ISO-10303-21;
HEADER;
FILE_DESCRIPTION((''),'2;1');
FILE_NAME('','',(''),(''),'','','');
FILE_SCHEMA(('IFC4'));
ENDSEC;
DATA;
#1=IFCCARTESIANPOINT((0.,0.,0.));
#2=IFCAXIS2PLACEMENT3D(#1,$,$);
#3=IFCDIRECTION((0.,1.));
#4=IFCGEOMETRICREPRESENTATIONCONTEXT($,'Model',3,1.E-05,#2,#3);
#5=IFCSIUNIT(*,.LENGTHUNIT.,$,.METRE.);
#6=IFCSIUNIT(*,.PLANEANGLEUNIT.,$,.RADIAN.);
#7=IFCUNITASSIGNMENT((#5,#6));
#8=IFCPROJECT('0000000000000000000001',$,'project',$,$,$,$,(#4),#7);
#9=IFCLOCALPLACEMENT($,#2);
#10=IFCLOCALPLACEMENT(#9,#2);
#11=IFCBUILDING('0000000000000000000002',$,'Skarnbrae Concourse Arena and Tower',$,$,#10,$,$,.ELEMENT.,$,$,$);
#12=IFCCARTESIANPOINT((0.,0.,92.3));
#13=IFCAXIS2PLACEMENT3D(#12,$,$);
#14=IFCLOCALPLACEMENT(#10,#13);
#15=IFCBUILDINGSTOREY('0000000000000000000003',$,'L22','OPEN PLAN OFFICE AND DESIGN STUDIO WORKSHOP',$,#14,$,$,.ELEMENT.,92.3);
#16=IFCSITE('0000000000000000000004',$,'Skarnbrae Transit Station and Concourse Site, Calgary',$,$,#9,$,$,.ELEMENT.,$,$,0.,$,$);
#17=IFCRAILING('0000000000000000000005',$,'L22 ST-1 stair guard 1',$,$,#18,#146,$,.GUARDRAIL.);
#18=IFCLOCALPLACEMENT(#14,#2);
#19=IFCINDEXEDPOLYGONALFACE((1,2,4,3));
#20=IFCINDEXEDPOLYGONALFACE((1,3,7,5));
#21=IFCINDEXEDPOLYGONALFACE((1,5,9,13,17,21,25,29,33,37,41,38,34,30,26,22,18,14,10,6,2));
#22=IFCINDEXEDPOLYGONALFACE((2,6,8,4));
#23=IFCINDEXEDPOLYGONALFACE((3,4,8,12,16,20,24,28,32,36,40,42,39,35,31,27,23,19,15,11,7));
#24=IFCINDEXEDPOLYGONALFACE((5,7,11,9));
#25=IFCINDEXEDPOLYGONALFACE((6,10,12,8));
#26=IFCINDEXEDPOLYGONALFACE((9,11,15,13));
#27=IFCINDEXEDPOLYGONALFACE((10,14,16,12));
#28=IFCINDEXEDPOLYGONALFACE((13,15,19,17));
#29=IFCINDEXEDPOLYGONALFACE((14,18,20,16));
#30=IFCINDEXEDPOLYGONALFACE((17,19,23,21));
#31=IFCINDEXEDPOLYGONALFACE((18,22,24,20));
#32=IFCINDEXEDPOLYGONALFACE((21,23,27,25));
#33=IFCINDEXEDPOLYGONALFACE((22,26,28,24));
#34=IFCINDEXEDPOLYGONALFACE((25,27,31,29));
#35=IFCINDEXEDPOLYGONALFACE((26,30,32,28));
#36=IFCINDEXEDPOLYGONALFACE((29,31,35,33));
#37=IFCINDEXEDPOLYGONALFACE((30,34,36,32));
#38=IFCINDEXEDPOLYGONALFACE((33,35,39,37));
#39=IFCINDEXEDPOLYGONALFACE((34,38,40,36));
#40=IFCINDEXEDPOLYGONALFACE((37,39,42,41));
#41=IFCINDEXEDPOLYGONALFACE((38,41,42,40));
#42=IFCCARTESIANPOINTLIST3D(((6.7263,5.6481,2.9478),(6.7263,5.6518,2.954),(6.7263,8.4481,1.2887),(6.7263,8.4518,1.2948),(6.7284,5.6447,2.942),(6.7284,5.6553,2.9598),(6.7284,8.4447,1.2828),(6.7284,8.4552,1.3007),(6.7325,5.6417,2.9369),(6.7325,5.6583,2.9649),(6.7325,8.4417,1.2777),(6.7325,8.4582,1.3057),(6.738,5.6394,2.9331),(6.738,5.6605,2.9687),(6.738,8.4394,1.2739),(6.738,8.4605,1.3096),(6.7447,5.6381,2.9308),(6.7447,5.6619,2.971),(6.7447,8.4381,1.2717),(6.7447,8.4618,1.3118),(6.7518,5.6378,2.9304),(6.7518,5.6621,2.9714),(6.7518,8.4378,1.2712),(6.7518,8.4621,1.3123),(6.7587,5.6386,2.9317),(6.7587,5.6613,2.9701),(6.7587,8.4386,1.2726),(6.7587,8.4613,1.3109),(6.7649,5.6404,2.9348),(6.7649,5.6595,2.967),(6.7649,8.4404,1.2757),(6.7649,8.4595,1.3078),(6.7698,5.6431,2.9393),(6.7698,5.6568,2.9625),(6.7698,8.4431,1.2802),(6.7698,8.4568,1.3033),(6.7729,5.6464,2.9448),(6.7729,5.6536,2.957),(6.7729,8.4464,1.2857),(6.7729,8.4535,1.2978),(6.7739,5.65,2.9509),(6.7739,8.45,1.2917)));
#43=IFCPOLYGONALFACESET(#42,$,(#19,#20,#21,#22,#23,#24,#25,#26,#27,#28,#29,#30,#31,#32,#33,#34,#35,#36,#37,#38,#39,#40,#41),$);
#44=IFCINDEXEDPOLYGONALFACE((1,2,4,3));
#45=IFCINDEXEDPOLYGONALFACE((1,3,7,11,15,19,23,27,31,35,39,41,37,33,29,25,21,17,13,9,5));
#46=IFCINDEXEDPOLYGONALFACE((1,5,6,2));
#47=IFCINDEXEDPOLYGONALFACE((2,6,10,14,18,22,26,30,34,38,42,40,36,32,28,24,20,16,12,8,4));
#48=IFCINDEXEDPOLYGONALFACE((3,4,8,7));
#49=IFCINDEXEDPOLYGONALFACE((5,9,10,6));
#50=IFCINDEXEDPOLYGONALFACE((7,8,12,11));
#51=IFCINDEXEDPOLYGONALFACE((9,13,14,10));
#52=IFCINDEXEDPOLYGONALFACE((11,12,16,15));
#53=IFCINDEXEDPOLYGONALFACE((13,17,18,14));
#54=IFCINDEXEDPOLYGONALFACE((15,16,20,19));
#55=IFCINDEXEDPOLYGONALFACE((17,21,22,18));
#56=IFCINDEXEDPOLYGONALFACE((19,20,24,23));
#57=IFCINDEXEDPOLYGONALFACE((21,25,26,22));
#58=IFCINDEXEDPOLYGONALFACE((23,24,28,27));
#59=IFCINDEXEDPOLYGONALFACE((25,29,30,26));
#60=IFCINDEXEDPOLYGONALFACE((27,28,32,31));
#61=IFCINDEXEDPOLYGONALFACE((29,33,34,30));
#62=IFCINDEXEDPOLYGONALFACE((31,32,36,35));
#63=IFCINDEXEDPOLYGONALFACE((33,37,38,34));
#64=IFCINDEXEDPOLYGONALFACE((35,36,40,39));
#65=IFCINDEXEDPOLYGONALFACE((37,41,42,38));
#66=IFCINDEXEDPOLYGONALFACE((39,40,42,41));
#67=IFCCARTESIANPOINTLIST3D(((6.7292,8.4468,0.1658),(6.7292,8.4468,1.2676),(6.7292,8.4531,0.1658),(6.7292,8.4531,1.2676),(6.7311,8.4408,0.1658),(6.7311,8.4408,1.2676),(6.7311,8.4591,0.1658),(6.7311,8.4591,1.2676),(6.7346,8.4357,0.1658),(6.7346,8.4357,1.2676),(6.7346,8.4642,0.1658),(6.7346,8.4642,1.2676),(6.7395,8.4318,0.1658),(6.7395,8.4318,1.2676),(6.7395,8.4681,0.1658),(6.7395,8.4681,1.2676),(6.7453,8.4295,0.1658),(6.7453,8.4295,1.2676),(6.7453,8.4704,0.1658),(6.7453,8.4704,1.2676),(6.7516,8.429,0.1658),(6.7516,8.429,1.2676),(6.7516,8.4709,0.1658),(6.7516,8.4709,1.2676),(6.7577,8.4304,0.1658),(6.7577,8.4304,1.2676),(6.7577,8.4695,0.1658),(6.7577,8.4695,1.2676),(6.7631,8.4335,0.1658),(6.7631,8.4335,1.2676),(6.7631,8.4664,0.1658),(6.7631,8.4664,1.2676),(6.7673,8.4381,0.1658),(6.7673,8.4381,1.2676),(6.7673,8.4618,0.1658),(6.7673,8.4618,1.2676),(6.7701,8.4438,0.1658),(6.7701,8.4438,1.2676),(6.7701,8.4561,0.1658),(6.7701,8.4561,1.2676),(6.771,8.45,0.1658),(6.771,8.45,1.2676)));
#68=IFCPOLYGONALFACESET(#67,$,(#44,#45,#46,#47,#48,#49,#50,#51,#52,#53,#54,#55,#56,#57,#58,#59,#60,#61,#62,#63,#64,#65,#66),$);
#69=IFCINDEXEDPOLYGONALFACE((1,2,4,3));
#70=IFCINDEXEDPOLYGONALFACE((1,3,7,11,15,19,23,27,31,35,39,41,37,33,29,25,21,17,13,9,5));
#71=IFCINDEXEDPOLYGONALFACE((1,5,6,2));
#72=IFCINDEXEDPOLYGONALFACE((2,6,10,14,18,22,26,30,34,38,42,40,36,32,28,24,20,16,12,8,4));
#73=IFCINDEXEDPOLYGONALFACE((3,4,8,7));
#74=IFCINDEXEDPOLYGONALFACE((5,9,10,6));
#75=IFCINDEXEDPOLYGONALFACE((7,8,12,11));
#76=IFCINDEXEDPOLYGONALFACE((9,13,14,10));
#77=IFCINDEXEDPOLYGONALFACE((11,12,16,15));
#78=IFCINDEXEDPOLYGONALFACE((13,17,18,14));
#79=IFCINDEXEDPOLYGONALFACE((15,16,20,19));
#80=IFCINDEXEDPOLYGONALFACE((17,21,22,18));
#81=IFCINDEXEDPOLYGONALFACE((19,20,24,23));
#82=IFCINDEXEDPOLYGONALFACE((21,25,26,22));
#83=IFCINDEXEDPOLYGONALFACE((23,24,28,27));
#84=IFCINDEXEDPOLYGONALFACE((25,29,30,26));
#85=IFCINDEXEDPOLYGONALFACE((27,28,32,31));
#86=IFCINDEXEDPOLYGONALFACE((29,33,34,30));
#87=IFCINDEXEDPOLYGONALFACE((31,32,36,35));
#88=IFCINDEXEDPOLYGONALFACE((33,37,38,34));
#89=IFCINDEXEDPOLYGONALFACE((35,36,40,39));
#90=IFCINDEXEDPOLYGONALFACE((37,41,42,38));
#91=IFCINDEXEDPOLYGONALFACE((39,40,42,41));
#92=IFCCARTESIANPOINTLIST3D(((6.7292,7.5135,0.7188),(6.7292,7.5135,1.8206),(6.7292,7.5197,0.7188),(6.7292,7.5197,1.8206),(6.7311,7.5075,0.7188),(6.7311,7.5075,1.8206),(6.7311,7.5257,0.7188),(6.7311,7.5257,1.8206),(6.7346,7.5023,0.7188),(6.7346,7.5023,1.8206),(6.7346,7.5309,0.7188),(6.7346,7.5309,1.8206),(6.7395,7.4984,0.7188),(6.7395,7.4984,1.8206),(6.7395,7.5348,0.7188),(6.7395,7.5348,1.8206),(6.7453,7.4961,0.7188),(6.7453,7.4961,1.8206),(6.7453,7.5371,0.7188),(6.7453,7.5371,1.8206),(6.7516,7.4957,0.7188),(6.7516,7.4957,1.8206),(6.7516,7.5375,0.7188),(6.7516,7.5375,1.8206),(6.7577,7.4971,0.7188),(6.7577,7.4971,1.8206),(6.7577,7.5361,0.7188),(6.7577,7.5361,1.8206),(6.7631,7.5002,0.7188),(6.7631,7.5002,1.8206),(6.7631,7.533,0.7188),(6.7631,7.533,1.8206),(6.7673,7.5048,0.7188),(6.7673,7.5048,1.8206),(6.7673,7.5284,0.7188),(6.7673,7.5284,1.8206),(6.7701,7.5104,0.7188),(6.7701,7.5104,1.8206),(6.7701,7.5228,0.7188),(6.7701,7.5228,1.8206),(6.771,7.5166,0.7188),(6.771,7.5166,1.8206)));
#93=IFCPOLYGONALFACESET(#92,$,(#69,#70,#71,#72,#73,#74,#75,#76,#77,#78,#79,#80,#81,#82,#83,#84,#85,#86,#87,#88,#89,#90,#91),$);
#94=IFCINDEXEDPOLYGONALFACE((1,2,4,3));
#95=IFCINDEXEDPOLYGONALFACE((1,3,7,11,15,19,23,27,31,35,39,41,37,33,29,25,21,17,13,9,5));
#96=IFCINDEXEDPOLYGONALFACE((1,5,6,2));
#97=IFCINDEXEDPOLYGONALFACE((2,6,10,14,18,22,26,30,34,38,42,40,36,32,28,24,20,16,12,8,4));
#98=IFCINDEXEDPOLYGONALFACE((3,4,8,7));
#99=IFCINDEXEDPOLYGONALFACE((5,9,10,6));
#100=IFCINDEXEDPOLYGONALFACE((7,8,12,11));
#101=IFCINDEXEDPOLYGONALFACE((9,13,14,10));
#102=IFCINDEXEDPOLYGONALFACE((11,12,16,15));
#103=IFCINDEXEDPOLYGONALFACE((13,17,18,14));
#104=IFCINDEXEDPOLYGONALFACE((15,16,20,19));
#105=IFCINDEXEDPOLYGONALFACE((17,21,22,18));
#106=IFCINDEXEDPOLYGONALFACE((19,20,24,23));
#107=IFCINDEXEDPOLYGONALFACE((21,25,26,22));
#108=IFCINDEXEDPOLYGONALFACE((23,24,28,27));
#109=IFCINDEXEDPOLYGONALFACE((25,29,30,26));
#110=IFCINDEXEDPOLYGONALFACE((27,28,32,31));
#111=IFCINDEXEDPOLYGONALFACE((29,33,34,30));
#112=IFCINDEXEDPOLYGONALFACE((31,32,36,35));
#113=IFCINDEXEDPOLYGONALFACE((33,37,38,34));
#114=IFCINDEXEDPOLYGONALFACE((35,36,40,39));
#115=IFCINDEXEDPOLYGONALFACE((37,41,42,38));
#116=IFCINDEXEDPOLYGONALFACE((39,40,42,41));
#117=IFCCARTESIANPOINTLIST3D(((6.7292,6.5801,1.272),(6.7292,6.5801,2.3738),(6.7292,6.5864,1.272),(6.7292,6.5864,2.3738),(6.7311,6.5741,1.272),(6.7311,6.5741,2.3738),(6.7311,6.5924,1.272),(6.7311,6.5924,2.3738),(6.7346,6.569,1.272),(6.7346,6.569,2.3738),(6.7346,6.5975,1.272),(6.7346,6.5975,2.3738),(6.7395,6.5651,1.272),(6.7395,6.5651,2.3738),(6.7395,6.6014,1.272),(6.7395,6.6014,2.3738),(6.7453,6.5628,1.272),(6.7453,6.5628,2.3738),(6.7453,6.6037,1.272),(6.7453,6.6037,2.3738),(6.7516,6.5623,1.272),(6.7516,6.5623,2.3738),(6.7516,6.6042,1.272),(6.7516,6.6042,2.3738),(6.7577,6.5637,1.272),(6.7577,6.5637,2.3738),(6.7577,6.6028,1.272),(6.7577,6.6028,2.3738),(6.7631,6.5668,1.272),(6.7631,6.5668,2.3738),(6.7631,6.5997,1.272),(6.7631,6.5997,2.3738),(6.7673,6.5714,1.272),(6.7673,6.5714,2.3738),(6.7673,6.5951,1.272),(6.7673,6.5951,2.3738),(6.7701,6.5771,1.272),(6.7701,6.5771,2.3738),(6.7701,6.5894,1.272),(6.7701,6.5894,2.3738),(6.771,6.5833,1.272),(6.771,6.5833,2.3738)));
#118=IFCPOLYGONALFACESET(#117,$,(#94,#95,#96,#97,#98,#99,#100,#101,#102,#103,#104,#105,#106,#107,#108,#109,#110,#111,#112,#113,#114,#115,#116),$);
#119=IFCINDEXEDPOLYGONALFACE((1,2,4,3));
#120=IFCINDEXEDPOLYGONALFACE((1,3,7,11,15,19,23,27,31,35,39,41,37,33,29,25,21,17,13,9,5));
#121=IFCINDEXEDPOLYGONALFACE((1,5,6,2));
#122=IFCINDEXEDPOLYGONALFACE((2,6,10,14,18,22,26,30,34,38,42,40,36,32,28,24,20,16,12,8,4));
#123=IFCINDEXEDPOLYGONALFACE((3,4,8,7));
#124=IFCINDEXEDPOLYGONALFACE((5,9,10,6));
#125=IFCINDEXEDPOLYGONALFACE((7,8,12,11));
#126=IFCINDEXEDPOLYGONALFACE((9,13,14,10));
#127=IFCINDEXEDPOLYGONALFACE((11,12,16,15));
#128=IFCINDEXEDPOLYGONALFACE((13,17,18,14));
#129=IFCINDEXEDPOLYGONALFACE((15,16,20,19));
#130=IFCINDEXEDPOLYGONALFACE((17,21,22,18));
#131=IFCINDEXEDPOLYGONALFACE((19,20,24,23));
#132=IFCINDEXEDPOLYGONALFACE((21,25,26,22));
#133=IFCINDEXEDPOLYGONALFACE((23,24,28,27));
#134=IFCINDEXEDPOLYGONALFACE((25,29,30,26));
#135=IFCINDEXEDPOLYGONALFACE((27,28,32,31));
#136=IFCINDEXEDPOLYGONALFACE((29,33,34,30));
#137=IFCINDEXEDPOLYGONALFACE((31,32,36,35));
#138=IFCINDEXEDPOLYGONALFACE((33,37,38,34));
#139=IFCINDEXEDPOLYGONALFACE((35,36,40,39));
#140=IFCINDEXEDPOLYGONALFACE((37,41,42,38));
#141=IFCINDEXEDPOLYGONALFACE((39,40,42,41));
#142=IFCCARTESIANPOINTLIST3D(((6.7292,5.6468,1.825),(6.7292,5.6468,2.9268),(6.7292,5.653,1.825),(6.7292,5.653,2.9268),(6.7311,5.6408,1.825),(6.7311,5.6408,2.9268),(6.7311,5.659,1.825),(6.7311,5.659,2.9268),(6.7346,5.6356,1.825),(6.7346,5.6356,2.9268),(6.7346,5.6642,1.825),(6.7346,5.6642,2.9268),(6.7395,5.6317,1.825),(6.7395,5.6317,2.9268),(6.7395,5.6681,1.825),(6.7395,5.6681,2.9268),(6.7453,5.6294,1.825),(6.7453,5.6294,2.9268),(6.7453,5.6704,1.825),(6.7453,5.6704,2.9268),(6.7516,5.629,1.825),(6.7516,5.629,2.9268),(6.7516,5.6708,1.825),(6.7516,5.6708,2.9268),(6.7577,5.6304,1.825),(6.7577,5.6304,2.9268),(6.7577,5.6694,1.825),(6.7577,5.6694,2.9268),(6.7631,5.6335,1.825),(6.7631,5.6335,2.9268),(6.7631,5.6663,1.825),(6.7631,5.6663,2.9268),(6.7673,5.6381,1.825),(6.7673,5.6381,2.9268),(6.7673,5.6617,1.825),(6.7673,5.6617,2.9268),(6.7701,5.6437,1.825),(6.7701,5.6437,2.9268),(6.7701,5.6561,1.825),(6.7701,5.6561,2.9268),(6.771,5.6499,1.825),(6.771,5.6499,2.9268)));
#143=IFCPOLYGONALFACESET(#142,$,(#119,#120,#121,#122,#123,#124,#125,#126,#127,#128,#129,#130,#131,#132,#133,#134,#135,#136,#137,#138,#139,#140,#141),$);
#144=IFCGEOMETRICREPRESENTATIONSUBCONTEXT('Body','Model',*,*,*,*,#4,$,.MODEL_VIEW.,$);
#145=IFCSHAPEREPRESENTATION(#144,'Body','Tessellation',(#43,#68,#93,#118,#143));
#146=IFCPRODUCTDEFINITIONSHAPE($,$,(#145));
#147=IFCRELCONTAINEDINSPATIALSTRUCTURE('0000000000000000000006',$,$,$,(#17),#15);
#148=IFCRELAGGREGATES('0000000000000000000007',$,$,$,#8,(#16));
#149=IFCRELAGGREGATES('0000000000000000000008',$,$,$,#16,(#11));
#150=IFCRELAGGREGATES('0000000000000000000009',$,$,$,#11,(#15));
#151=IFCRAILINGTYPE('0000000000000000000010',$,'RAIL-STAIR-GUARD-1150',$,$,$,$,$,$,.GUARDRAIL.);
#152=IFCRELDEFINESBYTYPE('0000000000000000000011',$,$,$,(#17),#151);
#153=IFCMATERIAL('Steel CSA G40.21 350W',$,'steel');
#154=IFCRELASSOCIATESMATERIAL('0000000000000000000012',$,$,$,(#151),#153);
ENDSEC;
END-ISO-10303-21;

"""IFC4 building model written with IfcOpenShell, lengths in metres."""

from ifc_helpers import new_model, si_unit, direction, frame, origin, origin_2d, place, context, subcontext, project, spatial, circle, extrude, material, type_object, element, save


model = new_model("IFC4")

# Units and contexts
model_context = context("Model", 3, precision=1e-05, world=origin(), true_north=direction((0.0, 1.0)))
body_context = subcontext(model_context, "Body", "Model", "MODEL_VIEW")
ifc_project = project(units=[si_unit("LENGTHUNIT", "METRE"), si_unit("PLANEANGLEUNIT", "RADIAN")], contexts=[model_context])

# Site, building, storey
site_placement = place(None, origin())
site = spatial("IfcSite", under=ifc_project, at=site_placement, Name="Skarnbrae Transit Station and Concourse Site, Calgary", CompositionType="ELEMENT", RefElevation=0.0)
building_placement = place(site_placement, origin())
building = spatial("IfcBuilding", under=site, at=building_placement, Name="Skarnbrae Concourse Arena and Tower", CompositionType="ELEMENT")
storey_placement = place(building_placement, frame((0.0, 0.0, 92.3)))
storey = spatial("IfcBuildingStorey", under=building, at=storey_placement, Name="L22", Description="OPEN PLAN OFFICE AND DESIGN STUDIO WORKSHOP", CompositionType="ELEMENT", Elevation=92.3)

# Shared definitions
ifc_material_1 = material(Name="Steel CSA G40.21 350W", Category="steel")

# Railing
railing_type_1 = type_object("IfcRailingType", Name="RAIL-STAIR-GUARD-1150", PredefinedType="GUARDRAIL", material=ifc_material_1)
railing_1_placement = place(storey_placement, frame((6.75, 8.45, 0.1658)))
element("IfcRailing", 1, at=railing_1_placement, inside=storey, type_object=railing_type_1, Name="L22 ST-1 stair guard 1", PredefinedType="GUARDRAIL", context=body_context, shape_type="SweptSolid", body=[
    extrude(circle(Radius=0.0239, at=origin_2d()), frame((0.0, 0.0, 1.126), z_axis=(0.0, -0.860306, 0.509778), x_axis=(1.0, 0.0, 0.0)), (0.0, 0.0, 1.0), 3.2546),
    extrude(circle(Radius=0.021, at=origin_2d()), origin(), (0.0, 0.0, 1.0), 1.1018),
    extrude(circle(Radius=0.021, at=origin_2d()), frame((0.0, -0.9333, 0.553)), (0.0, 0.0, 1.0), 1.1018),
    extrude(circle(Radius=0.021, at=origin_2d()), frame((0.0, -1.8667, 1.1062)), (0.0, 0.0, 1.0), 1.1018),
    extrude(circle(Radius=0.021, at=origin_2d()), frame((0.0, -2.8, 1.6592)), (0.0, 0.0, 1.0), 1.1018),
])

save(model, "model.ifc")
